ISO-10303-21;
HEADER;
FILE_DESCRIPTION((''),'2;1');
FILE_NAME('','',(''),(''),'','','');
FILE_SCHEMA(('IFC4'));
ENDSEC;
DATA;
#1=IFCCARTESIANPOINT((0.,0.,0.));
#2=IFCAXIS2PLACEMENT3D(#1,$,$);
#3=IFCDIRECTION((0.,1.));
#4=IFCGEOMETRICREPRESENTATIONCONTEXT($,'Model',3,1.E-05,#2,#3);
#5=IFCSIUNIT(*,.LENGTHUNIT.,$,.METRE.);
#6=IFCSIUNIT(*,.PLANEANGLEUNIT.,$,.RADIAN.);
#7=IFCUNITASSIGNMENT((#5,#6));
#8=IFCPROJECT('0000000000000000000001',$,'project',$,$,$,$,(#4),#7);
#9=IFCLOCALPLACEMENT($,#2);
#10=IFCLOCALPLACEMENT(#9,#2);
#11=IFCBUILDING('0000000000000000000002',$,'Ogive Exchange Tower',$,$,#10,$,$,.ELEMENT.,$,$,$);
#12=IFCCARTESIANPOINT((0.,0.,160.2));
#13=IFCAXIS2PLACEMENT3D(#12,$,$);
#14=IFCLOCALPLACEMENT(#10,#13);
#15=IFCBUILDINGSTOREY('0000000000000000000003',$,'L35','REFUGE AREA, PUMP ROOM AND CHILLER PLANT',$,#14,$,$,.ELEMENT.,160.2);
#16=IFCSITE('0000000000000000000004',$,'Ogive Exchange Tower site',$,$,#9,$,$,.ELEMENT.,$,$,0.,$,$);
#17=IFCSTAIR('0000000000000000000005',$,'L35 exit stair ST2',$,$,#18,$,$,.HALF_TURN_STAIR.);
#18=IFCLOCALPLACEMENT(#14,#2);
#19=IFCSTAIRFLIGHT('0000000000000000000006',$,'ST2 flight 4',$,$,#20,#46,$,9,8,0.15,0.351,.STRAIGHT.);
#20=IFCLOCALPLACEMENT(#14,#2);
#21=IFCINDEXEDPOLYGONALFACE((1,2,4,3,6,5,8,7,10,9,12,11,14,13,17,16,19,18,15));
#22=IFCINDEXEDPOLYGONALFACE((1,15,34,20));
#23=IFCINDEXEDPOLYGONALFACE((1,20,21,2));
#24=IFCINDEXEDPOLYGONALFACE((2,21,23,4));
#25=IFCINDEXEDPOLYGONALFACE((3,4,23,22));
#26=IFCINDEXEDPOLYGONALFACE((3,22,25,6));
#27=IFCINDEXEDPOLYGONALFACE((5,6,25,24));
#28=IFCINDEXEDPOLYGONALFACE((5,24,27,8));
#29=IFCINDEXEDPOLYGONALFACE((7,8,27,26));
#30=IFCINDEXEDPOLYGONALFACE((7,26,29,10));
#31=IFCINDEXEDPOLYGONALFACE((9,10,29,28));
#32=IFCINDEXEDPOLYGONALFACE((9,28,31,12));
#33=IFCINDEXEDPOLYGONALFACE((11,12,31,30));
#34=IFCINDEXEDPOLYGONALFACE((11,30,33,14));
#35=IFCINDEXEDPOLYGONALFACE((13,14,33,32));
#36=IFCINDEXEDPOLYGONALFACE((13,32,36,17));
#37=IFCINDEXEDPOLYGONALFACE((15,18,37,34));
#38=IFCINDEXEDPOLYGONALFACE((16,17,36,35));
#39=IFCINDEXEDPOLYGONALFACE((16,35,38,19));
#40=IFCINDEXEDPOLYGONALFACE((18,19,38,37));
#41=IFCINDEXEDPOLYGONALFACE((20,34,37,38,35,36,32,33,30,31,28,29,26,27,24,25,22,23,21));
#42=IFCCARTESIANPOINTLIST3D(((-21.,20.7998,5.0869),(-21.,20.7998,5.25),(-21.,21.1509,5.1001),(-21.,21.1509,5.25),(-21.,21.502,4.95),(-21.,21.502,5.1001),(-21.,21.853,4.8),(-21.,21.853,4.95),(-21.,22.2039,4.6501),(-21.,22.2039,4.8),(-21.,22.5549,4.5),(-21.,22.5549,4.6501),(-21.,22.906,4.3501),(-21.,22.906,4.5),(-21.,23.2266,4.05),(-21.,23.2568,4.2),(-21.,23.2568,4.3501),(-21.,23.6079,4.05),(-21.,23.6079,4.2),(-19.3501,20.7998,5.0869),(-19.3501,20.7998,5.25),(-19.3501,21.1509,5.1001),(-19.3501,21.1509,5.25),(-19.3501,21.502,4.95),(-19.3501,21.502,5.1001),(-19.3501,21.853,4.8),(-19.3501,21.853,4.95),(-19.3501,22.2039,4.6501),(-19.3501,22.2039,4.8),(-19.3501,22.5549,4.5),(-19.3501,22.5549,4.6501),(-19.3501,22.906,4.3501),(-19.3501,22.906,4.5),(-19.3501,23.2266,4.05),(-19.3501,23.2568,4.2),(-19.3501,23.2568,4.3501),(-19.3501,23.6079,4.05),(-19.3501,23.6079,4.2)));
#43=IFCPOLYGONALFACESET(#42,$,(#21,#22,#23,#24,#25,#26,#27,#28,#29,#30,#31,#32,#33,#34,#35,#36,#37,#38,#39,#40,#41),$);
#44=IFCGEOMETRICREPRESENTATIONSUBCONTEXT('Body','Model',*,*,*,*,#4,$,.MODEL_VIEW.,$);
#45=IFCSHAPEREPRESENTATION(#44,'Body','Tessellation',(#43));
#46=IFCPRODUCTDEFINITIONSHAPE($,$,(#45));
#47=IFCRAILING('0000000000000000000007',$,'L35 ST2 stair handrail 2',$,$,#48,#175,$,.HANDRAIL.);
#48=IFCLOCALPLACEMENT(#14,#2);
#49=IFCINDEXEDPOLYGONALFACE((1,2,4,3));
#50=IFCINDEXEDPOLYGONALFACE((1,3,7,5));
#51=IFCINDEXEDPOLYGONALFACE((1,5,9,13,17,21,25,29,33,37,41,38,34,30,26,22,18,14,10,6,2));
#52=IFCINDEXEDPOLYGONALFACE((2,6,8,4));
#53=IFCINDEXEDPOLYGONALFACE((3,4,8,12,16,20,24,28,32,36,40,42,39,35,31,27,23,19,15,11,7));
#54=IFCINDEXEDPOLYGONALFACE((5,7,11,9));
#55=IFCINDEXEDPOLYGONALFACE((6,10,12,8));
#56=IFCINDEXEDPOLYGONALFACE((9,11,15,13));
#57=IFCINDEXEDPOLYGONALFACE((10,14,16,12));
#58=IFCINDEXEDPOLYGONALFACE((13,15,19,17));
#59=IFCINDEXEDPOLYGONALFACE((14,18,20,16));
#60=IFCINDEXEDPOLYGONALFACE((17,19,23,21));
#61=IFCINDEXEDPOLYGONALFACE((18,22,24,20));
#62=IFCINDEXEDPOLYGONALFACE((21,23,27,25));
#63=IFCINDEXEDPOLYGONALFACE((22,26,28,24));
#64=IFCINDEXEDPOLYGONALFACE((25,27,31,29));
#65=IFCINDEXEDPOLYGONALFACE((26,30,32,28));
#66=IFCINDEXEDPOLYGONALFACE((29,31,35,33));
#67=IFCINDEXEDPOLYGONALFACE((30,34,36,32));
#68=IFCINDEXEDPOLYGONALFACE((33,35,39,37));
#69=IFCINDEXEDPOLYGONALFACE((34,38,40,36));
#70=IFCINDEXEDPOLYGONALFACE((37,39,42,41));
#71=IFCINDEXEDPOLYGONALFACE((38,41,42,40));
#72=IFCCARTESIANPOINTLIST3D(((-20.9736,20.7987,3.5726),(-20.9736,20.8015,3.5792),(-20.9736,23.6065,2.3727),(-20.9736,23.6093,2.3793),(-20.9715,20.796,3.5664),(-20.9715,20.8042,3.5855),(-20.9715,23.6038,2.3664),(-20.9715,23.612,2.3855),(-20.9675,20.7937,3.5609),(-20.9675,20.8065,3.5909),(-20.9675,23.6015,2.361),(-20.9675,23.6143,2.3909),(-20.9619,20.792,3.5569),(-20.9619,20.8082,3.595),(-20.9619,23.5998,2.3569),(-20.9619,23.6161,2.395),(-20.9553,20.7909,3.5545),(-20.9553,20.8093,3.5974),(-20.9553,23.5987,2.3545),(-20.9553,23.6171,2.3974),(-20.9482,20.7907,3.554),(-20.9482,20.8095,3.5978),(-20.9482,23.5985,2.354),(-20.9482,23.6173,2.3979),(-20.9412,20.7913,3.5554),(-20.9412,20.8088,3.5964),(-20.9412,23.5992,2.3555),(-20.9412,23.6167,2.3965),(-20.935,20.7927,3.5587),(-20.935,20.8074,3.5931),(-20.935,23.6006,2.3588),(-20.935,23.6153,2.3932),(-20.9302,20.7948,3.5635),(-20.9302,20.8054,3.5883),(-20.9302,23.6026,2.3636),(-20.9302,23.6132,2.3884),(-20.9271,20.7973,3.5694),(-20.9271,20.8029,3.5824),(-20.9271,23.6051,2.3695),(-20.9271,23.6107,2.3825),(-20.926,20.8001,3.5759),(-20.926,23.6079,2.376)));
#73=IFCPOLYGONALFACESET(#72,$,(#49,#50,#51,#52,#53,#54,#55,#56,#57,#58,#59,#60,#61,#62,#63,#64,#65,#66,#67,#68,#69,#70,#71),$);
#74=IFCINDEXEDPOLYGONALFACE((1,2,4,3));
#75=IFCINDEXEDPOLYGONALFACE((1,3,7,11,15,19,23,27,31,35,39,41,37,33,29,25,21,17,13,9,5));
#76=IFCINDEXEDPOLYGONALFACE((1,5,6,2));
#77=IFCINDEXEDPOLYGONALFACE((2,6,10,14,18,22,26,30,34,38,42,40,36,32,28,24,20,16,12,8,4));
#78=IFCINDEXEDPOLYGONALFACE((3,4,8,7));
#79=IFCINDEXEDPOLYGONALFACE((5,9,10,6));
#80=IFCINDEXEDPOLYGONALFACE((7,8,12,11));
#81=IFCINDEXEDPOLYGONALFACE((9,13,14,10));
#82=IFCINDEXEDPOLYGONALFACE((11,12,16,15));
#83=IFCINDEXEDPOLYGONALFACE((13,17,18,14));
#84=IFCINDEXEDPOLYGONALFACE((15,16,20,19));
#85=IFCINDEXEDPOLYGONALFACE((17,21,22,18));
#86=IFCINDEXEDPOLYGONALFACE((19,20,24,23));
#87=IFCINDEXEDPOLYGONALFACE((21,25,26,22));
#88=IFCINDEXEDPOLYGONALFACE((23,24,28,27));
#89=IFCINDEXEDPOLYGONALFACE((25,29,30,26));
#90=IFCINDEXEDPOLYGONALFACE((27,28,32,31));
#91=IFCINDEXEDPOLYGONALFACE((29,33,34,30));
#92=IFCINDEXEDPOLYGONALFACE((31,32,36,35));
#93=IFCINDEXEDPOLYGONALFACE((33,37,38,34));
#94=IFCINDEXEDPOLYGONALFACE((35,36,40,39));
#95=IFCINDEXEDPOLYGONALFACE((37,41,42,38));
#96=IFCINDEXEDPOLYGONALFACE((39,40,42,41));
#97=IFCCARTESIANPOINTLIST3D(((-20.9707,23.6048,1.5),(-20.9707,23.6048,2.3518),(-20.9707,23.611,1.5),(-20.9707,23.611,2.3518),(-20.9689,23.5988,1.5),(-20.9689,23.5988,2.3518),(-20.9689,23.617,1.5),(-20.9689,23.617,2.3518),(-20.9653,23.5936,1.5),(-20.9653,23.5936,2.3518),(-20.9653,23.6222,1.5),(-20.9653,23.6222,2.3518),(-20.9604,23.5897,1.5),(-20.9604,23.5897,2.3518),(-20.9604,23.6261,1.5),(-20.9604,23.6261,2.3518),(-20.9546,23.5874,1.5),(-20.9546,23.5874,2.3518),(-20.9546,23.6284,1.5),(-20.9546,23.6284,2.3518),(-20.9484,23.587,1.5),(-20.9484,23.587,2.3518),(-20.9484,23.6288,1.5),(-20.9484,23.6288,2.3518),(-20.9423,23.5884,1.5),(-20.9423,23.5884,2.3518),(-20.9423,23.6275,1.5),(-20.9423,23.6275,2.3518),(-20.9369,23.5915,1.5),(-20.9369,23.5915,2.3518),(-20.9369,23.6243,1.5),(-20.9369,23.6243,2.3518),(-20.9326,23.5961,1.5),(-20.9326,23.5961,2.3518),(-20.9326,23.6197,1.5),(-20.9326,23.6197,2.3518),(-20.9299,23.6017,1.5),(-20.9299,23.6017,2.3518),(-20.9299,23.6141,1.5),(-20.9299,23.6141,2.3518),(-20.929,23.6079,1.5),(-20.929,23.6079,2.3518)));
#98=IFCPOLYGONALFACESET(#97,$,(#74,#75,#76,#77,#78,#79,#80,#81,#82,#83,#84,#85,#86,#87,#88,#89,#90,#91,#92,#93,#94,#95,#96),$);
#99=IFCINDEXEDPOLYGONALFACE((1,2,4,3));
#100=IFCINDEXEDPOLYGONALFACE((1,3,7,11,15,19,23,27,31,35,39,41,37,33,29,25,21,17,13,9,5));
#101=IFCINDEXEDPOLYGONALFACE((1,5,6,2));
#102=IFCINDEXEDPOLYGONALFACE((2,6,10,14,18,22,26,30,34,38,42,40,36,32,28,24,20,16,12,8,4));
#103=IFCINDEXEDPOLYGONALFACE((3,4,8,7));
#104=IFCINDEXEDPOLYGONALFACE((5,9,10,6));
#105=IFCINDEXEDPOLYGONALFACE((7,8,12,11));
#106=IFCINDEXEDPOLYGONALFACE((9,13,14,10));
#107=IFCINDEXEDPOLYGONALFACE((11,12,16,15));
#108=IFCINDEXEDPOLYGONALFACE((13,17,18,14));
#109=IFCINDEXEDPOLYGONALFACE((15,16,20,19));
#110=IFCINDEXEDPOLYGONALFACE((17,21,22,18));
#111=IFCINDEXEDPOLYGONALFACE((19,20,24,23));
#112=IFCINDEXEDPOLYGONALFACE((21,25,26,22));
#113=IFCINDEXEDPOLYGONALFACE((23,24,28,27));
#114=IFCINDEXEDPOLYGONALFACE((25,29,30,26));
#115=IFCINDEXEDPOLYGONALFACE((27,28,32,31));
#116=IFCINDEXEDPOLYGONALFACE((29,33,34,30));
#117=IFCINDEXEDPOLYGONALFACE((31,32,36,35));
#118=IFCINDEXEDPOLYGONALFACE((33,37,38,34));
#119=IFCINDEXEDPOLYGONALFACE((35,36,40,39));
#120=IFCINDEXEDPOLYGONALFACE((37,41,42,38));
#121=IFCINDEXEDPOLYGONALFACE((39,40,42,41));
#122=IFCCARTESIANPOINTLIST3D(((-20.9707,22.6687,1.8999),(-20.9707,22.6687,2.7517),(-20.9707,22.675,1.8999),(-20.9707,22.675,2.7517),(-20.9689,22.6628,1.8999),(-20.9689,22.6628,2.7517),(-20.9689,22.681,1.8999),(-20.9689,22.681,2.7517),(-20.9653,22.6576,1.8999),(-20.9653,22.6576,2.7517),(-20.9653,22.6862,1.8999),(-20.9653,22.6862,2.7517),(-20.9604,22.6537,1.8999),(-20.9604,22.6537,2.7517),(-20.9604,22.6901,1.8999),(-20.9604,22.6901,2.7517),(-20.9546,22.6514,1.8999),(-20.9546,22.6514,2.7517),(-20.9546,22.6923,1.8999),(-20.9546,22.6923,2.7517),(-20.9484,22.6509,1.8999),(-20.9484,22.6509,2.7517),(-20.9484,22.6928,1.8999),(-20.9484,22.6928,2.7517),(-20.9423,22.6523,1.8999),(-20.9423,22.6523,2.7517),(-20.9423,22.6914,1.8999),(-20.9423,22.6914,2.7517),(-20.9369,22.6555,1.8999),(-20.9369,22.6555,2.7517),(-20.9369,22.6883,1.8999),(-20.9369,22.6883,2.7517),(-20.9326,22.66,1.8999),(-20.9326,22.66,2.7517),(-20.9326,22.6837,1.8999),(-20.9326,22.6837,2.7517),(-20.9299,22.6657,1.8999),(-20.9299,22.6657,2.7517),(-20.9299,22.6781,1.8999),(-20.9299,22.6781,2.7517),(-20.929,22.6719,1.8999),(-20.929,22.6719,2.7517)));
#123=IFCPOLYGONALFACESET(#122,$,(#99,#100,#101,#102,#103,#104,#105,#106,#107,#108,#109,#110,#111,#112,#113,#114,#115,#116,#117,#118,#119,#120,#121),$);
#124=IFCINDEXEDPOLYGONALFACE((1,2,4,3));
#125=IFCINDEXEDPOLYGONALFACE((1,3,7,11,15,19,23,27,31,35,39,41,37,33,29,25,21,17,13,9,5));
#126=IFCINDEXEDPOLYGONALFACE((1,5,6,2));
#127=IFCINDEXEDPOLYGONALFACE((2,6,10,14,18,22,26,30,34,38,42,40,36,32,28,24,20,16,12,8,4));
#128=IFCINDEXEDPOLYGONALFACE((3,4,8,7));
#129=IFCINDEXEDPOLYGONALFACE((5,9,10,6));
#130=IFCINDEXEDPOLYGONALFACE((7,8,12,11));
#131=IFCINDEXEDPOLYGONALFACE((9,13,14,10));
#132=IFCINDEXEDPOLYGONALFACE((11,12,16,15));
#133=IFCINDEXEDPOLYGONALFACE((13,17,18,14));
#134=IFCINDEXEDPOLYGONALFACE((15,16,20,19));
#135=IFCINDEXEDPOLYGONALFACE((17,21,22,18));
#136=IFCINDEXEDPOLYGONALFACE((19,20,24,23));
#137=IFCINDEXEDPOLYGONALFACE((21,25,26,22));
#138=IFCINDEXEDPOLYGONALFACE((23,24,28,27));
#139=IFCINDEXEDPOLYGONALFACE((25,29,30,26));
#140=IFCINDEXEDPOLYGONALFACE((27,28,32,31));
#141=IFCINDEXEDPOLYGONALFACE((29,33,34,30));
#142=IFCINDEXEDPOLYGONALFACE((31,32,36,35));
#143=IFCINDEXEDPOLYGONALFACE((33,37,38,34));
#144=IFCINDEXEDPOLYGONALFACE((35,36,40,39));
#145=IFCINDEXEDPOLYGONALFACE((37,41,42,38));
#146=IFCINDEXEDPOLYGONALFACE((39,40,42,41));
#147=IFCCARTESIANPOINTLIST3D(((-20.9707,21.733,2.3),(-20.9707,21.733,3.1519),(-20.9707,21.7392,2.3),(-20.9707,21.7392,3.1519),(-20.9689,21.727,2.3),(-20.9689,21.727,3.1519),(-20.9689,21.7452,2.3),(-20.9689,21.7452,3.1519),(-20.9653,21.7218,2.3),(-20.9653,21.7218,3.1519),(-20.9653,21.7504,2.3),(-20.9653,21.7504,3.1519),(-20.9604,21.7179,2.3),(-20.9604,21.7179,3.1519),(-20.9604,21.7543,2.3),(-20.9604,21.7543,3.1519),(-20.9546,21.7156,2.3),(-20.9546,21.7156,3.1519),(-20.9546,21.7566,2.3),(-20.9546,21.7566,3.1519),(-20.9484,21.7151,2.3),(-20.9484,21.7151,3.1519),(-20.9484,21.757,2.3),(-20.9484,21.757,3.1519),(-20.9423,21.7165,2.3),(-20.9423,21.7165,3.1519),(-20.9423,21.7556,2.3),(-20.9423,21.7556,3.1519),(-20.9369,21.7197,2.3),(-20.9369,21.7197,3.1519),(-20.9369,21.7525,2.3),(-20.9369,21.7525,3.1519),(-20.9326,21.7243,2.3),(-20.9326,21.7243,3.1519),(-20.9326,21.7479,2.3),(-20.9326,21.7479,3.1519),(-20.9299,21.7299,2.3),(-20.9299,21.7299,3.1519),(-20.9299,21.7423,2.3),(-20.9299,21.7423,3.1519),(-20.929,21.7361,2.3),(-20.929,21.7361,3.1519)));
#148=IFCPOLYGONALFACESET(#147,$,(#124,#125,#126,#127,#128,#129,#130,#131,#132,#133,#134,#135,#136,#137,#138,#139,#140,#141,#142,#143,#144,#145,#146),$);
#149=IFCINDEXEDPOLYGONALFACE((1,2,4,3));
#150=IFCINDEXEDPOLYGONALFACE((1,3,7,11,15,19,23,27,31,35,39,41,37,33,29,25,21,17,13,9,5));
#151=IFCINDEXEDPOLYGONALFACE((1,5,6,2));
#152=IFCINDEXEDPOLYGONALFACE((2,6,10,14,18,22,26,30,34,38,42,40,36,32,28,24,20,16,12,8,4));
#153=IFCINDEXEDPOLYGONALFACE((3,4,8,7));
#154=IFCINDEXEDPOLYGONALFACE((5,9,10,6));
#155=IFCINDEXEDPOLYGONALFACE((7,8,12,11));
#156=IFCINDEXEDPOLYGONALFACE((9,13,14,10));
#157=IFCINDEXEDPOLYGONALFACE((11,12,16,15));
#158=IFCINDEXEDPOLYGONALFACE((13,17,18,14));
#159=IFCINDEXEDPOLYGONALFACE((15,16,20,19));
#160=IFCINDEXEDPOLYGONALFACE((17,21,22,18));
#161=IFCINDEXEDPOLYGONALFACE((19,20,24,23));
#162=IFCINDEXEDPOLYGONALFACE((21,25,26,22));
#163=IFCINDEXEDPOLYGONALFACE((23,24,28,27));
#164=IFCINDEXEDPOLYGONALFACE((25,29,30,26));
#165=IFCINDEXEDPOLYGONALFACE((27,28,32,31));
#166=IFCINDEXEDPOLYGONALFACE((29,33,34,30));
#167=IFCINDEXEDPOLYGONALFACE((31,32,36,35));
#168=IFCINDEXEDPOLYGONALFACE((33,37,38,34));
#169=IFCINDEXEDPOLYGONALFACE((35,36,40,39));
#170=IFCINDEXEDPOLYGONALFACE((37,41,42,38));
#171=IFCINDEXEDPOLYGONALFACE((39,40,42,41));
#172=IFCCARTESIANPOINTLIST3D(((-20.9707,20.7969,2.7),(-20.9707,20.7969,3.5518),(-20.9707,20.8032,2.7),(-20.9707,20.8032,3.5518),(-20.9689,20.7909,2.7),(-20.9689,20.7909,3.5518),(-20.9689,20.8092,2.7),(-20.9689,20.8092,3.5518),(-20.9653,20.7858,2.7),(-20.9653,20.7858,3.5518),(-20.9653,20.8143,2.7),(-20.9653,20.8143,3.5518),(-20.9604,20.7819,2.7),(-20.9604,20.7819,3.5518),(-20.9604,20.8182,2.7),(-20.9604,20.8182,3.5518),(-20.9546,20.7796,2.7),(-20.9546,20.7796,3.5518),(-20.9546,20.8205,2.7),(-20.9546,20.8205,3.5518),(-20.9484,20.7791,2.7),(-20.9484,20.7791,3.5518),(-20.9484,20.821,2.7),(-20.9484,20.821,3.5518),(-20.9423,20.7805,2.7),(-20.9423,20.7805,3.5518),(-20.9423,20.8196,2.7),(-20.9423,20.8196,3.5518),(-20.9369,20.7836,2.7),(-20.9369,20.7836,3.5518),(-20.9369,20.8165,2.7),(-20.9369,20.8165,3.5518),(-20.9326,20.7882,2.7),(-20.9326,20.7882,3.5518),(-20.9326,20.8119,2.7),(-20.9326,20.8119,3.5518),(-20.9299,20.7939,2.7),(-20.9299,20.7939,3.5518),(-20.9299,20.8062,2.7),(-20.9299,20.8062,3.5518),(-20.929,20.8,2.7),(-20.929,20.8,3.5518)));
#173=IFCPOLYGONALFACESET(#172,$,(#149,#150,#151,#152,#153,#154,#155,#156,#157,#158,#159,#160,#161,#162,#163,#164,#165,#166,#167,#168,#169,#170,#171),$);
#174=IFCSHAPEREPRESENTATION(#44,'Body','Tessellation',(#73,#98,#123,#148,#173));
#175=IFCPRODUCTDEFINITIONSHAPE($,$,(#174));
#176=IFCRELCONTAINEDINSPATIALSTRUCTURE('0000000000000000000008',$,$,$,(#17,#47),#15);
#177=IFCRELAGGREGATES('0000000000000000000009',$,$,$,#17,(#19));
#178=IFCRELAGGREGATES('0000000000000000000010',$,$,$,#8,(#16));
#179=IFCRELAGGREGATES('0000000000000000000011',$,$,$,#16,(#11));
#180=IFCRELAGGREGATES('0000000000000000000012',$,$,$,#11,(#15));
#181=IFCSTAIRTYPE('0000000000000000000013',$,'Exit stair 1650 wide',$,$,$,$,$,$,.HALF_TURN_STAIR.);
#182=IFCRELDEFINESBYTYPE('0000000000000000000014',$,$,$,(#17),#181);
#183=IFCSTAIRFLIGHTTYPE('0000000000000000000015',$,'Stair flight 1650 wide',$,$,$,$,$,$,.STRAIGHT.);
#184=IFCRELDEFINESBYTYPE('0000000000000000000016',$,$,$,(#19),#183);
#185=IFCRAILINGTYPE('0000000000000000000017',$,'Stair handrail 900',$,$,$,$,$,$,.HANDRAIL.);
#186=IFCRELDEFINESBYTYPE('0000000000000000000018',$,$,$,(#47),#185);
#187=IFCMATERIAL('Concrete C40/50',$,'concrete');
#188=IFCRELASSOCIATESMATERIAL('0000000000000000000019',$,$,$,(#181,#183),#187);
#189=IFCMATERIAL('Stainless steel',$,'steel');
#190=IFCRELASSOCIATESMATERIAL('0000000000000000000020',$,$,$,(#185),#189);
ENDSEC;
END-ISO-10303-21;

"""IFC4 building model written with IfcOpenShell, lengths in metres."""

from ifc_helpers import new_model, si_unit, direction, frame, origin, origin_2d, place, context, subcontext, project, spatial, polyline, circle, outline, extrude, material, type_object, element, aggregate, save


model = new_model("IFC4")

# Units and contexts
model_context = context("Model", 3, precision=1e-05, world=origin(), true_north=direction((0.0, 1.0)))
body_context = subcontext(model_context, "Body", "Model", "MODEL_VIEW")
ifc_project = project(units=[si_unit("LENGTHUNIT", "METRE"), si_unit("PLANEANGLEUNIT", "RADIAN")], contexts=[model_context])

# Site, building, storey
site_placement = place(None, origin())
site = spatial("IfcSite", under=ifc_project, at=site_placement, Name="Ogive Exchange Tower site", CompositionType="ELEMENT", RefElevation=0.0)
building_placement = place(site_placement, origin())
building = spatial("IfcBuilding", under=site, at=building_placement, Name="Ogive Exchange Tower", CompositionType="ELEMENT")
storey_placement = place(building_placement, frame((0.0, 0.0, 160.2)))
storey = spatial("IfcBuildingStorey", under=building, at=storey_placement, Name="L35", Description="REFUGE AREA, PUMP ROOM AND CHILLER PLANT", CompositionType="ELEMENT", Elevation=160.2)

# Stair, stair flight
ifc_material_1 = material(Name="Concrete C40/50", Category="concrete")
stair_type = type_object("IfcStairType", Name="Exit stair 1650 wide", PredefinedType="HALF_TURN_STAIR", material=ifc_material_1)
stair_placement = place(storey_placement, origin())
stair = element("IfcStair", 1, at=stair_placement, inside=storey, type_object=stair_type, Name="L35 exit stair ST2", PredefinedType="HALF_TURN_STAIR")
stair_flight_type = type_object("IfcStairFlightType", Name="Stair flight 1650 wide", PredefinedType="STRAIGHT", material=ifc_material_1)
stair_flight_1_placement = place(storey_placement, frame((-20.175, 23.6079, 4.05), z_axis=(0.0, 0.0, 1.0), x_axis=(0.0, -1.0, 0.0)))
stair_flight_1 = element("IfcStairFlight", 2, at=stair_flight_1_placement, type_object=stair_flight_type, Name="ST2 flight 4", NumberOfRisers=9, NumberOfTreads=8, PredefinedType="STRAIGHT", RiserHeight=0.15, TreadLength=0.351, context=body_context, shape_type="SweptSolid", body=[
    extrude(outline(polyline([(0.0, 0.0), (0.0, 0.1499), (0.3511, 0.1499), (0.3511, 0.3), (0.7019, 0.3), (0.7019, 0.45), (1.053, 0.45), (1.053, 0.6001), (1.4041, 0.6001), (1.4041, 0.75), (1.7549, 0.75), (1.7549, 0.8999), (2.106, 0.8999), (2.106, 1.05), (2.457, 1.05), (2.457, 1.2), (2.8081, 1.2), (2.8081, 1.3501), (2.8081, 1.0369), (0.3813, 0.0), (0.0, 0.0)])), frame((0.0, 0.825, 0.0), z_axis=(0.0, -1.0, 0.0), x_axis=(1.0, 0.0, 0.0)), (0.0, 0.0, 1.0), 1.6499),
])
aggregate(stair, [stair_flight_1])

# Railing
ifc_material_2 = material(Name="Stainless steel", Category="steel")
railing_type = type_object("IfcRailingType", Name="Stair handrail 900", PredefinedType="HANDRAIL", material=ifc_material_2)
railing_1_placement = place(storey_placement, frame((-20.95, 23.6079, 1.5)))
element("IfcRailing", 3, at=railing_1_placement, inside=storey, type_object=railing_type, Name="L35 ST2 stair handrail 2", PredefinedType="HANDRAIL", context=body_context, shape_type="SweptSolid", body=[
    extrude(circle(Radius=0.0239, at=origin_2d()), frame((0.0, 0.0, 0.876), z_axis=(0.0, -0.91955, 0.392973), x_axis=(1.0, 0.0, 0.0)), (0.0, 0.0, 1.0), 3.0535),
    extrude(circle(Radius=0.021, at=origin_2d()), origin(), (0.0, 0.0, 1.0), 0.8518),
    extrude(circle(Radius=0.021, at=origin_2d()), frame((0.0, -0.936, 0.3999)), (0.0, 0.0, 1.0), 0.8518),
    extrude(circle(Radius=0.021, at=origin_2d()), frame((0.0, -1.8718, 0.8)), (0.0, 0.0, 1.0), 0.8518),
    extrude(circle(Radius=0.021, at=origin_2d()), frame((0.0, -2.8079, 1.2)), (0.0, 0.0, 1.0), 0.8518),
])

save(model, "model.ifc")
